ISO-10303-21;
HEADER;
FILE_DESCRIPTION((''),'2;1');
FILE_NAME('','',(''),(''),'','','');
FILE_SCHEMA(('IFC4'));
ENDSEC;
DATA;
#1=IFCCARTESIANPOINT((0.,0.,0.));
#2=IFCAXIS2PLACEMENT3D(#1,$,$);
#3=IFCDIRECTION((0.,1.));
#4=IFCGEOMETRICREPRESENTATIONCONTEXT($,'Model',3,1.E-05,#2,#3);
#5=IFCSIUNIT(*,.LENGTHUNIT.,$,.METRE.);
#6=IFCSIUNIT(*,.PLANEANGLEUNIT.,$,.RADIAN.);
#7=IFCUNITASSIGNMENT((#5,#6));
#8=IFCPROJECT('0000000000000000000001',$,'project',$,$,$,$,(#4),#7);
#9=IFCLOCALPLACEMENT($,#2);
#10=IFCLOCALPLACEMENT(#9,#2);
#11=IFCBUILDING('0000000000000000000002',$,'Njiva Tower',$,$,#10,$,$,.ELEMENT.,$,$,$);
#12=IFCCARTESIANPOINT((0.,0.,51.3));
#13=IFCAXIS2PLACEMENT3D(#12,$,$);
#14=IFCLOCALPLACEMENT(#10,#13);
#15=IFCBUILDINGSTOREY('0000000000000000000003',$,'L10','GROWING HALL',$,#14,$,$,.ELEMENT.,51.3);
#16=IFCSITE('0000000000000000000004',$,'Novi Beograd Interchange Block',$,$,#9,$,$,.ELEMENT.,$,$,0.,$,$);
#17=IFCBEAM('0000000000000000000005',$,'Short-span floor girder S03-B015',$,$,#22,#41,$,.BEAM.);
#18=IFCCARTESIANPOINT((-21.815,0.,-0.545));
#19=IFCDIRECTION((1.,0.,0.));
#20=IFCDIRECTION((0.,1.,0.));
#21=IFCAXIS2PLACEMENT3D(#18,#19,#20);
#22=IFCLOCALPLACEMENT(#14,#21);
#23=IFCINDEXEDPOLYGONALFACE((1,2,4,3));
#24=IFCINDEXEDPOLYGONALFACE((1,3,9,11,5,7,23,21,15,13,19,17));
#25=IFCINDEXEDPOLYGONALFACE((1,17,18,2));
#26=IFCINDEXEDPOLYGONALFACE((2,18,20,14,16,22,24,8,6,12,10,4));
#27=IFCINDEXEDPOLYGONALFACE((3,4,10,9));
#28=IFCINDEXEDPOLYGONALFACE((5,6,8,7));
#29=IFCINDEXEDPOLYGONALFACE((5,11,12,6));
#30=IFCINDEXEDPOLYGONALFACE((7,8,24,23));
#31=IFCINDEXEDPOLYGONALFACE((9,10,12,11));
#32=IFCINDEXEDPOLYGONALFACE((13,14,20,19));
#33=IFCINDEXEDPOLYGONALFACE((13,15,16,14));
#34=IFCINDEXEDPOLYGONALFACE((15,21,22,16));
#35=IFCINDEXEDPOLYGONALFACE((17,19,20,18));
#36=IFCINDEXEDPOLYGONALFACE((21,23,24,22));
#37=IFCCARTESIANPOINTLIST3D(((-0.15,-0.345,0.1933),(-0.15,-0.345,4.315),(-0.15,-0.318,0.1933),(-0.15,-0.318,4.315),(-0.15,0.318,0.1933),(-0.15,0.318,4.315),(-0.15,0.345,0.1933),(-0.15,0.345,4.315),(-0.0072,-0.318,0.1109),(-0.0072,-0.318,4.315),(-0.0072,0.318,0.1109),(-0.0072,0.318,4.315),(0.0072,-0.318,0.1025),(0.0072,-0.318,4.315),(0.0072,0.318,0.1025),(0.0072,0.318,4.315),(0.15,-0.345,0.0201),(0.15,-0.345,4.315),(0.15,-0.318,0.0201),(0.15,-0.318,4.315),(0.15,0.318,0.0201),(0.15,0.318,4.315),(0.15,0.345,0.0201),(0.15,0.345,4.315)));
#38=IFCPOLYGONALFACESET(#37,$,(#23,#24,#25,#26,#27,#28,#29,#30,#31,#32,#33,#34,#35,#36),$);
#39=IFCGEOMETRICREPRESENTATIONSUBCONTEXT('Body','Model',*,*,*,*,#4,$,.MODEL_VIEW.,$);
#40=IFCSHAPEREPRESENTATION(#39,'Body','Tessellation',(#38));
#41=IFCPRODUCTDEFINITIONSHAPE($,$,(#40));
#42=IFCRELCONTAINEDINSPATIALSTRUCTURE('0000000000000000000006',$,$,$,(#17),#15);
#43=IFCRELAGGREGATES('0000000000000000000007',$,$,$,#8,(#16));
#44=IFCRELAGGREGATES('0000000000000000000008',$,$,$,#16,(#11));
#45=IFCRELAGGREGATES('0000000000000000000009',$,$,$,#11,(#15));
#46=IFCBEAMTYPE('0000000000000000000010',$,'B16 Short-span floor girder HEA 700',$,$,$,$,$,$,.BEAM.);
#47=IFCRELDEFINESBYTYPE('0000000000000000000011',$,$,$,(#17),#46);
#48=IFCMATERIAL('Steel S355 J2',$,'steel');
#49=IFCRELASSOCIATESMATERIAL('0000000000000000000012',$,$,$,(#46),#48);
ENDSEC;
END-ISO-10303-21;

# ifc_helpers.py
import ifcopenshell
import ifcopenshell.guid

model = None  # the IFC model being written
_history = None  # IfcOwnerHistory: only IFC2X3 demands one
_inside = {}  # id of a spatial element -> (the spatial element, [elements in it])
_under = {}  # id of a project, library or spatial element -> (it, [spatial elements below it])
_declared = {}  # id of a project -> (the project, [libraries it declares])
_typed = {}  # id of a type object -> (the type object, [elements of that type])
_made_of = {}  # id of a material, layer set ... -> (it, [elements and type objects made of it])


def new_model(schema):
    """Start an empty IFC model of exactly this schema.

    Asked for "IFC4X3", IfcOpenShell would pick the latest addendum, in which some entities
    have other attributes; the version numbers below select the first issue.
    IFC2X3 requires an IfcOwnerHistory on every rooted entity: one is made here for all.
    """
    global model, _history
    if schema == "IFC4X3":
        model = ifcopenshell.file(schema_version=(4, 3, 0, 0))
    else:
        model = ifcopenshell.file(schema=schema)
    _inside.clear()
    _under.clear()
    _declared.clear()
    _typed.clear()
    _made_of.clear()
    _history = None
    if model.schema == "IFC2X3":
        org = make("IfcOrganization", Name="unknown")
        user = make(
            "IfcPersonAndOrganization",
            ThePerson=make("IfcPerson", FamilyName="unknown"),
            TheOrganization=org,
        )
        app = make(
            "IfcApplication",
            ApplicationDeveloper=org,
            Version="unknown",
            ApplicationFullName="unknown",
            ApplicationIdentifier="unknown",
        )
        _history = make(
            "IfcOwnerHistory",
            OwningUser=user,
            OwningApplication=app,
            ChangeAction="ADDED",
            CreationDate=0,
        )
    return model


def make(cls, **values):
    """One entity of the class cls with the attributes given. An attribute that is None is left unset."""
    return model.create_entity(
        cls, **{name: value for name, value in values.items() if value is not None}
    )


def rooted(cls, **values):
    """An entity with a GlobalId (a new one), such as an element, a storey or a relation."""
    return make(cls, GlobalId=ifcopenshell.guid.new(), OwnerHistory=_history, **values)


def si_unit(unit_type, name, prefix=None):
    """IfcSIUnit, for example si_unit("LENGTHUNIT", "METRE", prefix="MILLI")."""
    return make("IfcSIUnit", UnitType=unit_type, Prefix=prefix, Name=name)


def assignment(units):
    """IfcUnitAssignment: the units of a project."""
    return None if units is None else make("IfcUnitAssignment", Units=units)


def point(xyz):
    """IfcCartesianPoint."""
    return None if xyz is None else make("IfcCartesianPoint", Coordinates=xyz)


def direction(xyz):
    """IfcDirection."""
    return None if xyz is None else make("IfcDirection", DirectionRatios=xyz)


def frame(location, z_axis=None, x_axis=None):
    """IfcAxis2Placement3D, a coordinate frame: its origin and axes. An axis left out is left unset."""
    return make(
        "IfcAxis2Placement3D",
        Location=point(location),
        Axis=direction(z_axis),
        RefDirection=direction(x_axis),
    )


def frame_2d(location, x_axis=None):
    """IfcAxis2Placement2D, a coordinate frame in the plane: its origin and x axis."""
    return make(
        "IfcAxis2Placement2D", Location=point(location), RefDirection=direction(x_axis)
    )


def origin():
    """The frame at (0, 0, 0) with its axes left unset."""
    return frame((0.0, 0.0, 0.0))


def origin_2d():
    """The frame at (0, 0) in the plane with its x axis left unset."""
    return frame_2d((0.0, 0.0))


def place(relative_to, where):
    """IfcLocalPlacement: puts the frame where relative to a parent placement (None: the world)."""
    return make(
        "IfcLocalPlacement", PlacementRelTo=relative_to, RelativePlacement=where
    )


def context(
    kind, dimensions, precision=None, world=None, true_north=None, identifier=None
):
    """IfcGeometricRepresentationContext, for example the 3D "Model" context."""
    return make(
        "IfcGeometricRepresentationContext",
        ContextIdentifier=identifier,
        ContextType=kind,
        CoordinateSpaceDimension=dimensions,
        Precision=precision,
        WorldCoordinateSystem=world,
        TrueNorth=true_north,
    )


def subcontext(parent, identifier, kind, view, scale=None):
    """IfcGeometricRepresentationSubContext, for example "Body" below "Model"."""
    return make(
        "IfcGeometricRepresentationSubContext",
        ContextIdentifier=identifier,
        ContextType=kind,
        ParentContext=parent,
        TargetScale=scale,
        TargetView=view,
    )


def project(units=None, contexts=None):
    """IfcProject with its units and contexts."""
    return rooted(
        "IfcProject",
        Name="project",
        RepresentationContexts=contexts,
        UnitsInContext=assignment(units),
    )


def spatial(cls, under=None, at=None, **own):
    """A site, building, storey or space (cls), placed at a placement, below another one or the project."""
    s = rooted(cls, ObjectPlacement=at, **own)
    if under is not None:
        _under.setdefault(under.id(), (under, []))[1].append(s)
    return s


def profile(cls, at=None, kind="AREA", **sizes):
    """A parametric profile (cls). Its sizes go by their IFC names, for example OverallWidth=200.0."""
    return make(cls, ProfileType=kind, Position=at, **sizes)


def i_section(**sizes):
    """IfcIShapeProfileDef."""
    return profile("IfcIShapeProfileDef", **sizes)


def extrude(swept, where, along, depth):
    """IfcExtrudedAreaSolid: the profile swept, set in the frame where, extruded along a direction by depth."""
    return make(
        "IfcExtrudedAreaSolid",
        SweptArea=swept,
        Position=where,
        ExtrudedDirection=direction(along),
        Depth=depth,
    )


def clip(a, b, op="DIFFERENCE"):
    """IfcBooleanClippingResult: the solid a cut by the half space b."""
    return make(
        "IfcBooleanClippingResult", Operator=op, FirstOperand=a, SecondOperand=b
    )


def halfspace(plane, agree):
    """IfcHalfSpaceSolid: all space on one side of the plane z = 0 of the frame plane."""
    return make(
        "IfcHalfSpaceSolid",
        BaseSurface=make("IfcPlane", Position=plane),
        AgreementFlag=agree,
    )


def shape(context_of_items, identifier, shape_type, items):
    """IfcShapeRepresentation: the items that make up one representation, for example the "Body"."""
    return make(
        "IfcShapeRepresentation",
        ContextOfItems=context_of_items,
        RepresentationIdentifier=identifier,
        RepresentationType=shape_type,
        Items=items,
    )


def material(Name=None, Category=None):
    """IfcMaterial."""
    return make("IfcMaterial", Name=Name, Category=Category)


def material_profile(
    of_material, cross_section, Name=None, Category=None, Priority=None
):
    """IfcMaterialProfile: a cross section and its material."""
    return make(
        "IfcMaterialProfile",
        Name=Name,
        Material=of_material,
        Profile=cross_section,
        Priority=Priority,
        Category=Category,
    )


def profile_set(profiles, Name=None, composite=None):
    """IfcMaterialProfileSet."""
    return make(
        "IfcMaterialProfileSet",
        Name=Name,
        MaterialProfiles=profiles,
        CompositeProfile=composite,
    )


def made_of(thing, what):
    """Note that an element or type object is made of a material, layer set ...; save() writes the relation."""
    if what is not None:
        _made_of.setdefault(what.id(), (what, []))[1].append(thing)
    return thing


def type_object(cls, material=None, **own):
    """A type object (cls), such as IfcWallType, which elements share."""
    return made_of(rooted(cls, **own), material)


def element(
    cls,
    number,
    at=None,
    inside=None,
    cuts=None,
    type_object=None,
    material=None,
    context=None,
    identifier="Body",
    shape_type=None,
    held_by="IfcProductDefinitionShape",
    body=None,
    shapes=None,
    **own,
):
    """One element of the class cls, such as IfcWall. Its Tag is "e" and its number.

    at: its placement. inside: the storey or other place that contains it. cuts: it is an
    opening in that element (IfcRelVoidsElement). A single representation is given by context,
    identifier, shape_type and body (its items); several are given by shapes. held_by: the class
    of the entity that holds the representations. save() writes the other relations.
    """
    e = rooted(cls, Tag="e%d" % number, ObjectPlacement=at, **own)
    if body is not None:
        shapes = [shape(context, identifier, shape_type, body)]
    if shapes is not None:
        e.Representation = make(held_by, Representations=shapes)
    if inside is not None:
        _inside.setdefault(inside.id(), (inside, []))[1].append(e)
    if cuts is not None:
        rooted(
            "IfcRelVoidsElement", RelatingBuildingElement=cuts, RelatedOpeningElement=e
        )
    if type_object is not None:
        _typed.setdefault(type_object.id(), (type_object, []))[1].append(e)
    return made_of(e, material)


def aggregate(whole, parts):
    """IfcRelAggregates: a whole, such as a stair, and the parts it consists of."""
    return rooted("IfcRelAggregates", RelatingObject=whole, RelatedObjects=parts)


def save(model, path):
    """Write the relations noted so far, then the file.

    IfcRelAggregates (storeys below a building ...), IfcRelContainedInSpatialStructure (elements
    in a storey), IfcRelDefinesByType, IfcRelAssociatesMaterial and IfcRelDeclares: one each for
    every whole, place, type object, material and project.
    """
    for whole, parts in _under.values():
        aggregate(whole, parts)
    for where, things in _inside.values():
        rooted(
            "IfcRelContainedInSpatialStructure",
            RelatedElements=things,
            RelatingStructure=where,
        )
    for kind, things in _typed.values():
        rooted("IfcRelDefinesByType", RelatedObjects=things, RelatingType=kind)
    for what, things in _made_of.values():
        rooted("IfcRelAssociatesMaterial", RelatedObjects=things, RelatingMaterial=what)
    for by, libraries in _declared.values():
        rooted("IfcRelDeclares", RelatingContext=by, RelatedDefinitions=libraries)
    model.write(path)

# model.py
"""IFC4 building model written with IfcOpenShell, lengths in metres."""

from ifc_helpers import new_model, si_unit, direction, frame, origin, origin_2d, place, context, subcontext, project, spatial, i_section, extrude, clip, halfspace, material, material_profile, profile_set, type_object, element, save


model = new_model("IFC4")

# Units and contexts
model_context = context("Model", 3, precision=1e-05, world=origin(), true_north=direction((0.0, 1.0)))
body_context = subcontext(model_context, "Body", "Model", "MODEL_VIEW")
ifc_project = project(units=[si_unit("LENGTHUNIT", "METRE"), si_unit("PLANEANGLEUNIT", "RADIAN")], contexts=[model_context])

# Site, building, storey
site_placement = place(None, origin())
site = spatial("IfcSite", under=ifc_project, at=site_placement, Name="Novi Beograd Interchange Block", CompositionType="ELEMENT", RefElevation=0.0)
building_placement = place(site_placement, origin())
building = spatial("IfcBuilding", under=site, at=building_placement, Name="Njiva Tower", CompositionType="ELEMENT")
storey_placement = place(building_placement, frame((0.0, 0.0, 51.3)))
storey = spatial("IfcBuildingStorey", under=building, at=storey_placement, Name="L10", Description="GROWING HALL", CompositionType="ELEMENT", Elevation=51.3)

# Shared definitions
ifc_material_1 = material(Name="Steel S355 J2", Category="steel")

# Beam
ifc_material_profile_1 = material_profile(ifc_material_1, i_section(OverallWidth=0.3, OverallDepth=0.69, WebThickness=0.0145, FlangeThickness=0.027, at=origin_2d()), Name="HEA 700")
ifc_profile_set_1 = profile_set([ifc_material_profile_1], Name="Steel S355 J2")
beam_type_1 = type_object("IfcBeamType", Name="B16 Short-span floor girder HEA 700", PredefinedType="BEAM", material=ifc_profile_set_1)
beam_1_placement = place(storey_placement, frame((-21.815, 0.0, -0.545), z_axis=(1.0, 0.0, 0.0), x_axis=(0.0, 1.0, 0.0)))
element("IfcBeam", 1, at=beam_1_placement, inside=storey, type_object=beam_type_1, Name="Short-span floor girder S03-B015", PredefinedType="BEAM", context=body_context, shape_type="Clipping", body=[
    clip(extrude(i_section(OverallWidth=0.3, OverallDepth=0.69, WebThickness=0.0145, FlangeThickness=0.027, at=origin_2d()), origin(), (0.0, 0.0, 1.0), 4.315), halfspace(frame((-0.025, 0.0, 0.1211), z_axis=(-0.499998, 0.0, -0.866027), x_axis=(0.0, -1.0, 0.0)), False)),
])

save(model, "model.ifc")
